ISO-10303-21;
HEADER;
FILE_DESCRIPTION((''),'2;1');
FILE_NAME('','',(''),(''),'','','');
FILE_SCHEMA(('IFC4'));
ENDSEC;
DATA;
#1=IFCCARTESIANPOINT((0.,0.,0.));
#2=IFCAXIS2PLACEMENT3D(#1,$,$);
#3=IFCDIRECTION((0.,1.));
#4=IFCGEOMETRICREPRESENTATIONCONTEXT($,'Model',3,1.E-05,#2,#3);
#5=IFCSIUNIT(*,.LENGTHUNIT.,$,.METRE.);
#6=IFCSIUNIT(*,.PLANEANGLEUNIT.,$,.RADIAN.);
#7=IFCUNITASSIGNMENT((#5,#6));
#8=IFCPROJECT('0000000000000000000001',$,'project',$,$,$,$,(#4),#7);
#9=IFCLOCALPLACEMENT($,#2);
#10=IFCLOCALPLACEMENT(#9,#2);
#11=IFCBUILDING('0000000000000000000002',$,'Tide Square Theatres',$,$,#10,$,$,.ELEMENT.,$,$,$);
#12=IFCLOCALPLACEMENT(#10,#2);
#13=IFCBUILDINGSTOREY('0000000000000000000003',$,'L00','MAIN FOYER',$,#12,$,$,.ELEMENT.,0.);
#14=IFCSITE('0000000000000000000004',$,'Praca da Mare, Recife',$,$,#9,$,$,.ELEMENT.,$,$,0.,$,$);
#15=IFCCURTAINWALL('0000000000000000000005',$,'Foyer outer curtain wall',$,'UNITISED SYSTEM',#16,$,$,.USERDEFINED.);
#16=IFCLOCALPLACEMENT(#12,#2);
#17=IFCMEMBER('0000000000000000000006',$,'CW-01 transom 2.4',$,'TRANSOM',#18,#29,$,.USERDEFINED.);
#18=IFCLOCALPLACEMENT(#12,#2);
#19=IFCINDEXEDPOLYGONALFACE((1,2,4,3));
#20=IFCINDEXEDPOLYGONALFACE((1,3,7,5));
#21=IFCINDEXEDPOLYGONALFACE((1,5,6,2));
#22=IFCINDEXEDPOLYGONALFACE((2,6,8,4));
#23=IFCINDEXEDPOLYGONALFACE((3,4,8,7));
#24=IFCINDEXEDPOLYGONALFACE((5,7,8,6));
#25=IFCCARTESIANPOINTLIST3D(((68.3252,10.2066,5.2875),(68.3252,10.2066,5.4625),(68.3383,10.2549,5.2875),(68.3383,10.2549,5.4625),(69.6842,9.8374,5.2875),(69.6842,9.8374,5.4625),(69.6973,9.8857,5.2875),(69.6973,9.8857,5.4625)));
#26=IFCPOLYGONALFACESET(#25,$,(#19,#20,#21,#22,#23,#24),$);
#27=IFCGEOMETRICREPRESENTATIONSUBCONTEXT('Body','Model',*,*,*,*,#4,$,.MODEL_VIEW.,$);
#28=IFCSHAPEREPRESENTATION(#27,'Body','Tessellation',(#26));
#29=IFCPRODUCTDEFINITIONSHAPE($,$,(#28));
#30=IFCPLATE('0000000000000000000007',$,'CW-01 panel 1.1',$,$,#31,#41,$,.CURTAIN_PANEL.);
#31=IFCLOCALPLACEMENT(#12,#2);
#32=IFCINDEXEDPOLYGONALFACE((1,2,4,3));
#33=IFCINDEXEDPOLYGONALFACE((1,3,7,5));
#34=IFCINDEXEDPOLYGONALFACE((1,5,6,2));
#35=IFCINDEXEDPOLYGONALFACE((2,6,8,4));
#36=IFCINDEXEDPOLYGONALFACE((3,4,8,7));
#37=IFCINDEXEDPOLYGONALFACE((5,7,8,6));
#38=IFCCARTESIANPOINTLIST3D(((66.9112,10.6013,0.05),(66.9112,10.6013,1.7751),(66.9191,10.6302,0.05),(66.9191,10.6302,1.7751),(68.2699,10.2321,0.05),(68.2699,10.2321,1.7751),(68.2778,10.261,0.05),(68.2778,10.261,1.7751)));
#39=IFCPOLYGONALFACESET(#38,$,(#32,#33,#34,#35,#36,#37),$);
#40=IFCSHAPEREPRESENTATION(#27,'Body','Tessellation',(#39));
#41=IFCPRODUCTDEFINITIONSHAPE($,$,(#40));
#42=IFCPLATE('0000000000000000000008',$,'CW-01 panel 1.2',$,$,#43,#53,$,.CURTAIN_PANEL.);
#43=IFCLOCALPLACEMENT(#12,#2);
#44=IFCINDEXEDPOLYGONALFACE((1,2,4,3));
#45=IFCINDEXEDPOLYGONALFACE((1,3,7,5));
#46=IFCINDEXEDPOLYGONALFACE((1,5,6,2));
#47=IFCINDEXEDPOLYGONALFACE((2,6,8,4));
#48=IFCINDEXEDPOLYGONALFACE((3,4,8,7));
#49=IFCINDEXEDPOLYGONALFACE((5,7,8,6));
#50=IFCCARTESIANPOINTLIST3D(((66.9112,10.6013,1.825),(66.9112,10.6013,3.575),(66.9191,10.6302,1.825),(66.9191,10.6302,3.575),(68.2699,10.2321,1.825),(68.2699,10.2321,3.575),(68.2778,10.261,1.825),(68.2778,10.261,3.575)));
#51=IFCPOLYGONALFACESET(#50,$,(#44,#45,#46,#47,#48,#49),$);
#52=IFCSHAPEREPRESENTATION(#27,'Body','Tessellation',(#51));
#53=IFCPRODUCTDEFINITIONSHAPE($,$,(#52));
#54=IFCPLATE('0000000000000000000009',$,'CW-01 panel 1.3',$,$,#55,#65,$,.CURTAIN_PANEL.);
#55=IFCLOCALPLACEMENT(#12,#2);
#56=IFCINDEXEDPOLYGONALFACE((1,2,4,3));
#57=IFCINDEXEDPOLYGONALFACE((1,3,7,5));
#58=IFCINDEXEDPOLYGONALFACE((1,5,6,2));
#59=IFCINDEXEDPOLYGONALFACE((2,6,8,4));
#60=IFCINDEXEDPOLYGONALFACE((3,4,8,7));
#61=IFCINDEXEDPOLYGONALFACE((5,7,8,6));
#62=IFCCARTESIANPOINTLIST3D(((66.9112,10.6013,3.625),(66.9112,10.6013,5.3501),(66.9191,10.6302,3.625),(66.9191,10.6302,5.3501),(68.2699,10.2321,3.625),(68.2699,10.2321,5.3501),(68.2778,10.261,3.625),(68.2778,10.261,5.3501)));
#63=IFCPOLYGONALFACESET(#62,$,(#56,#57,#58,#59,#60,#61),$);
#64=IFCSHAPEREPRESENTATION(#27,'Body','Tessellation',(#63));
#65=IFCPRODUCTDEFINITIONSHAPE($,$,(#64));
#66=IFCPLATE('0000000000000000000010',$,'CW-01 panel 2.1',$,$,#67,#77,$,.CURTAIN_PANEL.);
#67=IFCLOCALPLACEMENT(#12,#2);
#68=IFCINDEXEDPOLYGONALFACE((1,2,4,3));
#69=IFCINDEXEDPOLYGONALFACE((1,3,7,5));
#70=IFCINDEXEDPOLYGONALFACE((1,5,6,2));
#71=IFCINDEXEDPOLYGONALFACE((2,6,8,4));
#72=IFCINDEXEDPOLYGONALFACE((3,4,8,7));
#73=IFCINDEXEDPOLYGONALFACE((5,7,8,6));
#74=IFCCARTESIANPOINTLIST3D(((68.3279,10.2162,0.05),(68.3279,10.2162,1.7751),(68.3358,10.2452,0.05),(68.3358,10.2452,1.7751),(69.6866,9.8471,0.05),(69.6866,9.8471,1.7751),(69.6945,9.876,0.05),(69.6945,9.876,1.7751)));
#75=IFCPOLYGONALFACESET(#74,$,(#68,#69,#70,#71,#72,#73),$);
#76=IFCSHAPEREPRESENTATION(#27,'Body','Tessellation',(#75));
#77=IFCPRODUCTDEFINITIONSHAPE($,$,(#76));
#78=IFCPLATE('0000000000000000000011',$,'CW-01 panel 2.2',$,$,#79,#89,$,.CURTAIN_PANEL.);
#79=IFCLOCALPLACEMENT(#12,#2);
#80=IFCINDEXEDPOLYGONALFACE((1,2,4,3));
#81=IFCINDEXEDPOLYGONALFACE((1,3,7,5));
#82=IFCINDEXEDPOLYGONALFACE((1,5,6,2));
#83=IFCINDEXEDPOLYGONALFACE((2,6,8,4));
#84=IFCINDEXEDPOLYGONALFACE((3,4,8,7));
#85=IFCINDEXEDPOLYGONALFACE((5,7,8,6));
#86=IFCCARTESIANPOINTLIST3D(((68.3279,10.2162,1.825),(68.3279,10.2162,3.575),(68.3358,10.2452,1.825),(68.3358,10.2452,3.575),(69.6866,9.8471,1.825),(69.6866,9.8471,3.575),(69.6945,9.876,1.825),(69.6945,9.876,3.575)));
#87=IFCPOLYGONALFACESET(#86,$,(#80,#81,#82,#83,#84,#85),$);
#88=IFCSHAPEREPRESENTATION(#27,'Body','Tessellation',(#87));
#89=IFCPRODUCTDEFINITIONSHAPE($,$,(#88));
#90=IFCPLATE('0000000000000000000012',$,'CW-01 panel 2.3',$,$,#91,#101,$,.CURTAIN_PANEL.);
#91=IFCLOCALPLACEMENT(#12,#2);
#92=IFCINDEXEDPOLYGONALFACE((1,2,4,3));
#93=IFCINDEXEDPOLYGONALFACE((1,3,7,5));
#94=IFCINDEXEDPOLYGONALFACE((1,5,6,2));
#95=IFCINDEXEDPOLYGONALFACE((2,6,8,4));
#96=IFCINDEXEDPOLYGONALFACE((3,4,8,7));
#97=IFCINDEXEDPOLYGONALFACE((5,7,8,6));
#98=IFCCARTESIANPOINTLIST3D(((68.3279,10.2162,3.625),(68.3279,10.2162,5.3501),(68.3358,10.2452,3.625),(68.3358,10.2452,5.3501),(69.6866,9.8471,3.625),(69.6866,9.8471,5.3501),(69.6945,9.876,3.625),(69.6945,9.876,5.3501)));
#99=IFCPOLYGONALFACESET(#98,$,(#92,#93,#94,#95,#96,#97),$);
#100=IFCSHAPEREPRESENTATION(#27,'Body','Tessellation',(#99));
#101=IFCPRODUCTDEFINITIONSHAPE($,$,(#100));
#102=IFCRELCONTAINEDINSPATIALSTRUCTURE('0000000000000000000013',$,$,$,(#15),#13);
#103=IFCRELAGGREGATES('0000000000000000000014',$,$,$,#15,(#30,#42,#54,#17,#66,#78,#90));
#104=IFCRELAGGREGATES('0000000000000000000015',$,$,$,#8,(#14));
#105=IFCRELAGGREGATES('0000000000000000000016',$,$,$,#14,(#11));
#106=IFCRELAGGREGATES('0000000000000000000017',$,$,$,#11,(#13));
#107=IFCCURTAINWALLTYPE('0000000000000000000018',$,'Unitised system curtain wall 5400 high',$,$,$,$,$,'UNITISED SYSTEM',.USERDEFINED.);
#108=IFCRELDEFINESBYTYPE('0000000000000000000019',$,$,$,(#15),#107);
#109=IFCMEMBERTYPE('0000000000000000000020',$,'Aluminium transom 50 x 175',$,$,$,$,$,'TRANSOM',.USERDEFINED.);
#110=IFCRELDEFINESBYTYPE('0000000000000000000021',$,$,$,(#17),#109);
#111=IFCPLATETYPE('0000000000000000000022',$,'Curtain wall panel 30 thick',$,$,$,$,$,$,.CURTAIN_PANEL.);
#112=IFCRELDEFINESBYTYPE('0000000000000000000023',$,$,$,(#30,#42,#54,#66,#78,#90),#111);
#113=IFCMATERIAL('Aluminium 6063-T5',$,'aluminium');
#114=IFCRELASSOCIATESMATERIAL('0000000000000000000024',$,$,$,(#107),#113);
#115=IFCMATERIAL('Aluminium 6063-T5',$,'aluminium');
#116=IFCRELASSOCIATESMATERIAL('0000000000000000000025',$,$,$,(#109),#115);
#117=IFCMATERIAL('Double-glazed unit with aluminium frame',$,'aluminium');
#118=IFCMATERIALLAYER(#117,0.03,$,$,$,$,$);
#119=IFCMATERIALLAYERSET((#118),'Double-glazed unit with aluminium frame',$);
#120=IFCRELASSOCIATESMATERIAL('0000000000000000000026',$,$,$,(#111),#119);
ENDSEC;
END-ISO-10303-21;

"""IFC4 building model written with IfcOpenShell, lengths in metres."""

from ifc_helpers import new_model, si_unit, direction, frame, origin, origin_2d, place, context, subcontext, project, spatial, rectangle, extrude, material, layer, layer_set, material_profile, profile_set, type_object, element, aggregate, save


model = new_model("IFC4")

# Units and contexts
model_context = context("Model", 3, precision=1e-05, world=origin(), true_north=direction((0.0, 1.0)))
body_context = subcontext(model_context, "Body", "Model", "MODEL_VIEW")
ifc_project = project(units=[si_unit("LENGTHUNIT", "METRE"), si_unit("PLANEANGLEUNIT", "RADIAN")], contexts=[model_context])

# Site, building, storey
site_placement = place(None, origin())
site = spatial("IfcSite", under=ifc_project, at=site_placement, Name="Praca da Mare, Recife", CompositionType="ELEMENT", RefElevation=0.0)
building_placement = place(site_placement, origin())
building = spatial("IfcBuilding", under=site, at=building_placement, Name="Tide Square Theatres", CompositionType="ELEMENT")
storey_placement = place(building_placement, origin())
storey = spatial("IfcBuildingStorey", under=building, at=storey_placement, Name="L00", Description="MAIN FOYER", CompositionType="ELEMENT", Elevation=0.0)

# Curtain wall, member, plates
ifc_material_1 = material(Name="Aluminium 6063-T5", Category="aluminium")
curtain_wall_type = type_object("IfcCurtainWallType", Name="Unitised system curtain wall 5400 high", ElementType="UNITISED SYSTEM", PredefinedType="USERDEFINED", material=ifc_material_1)
curtain_wall_placement = place(storey_placement, origin())
curtain_wall = element("IfcCurtainWall", 1, at=curtain_wall_placement, inside=storey, type_object=curtain_wall_type, Name="Foyer outer curtain wall", ObjectType="UNITISED SYSTEM", PredefinedType="USERDEFINED")
ifc_material_2 = material(Name="Aluminium 6063-T5", Category="aluminium")
ifc_material_profile_1 = material_profile(ifc_material_2, rectangle(XDim=0.05, YDim=0.175, at=origin_2d()))
ifc_profile_set_1 = profile_set([ifc_material_profile_1], Name="Aluminium 6063-T5")
member_type_1 = type_object("IfcMemberType", Name="Aluminium transom 50 x 175", ElementType="TRANSOM", PredefinedType="USERDEFINED", material=ifc_profile_set_1)
member_1_placement = place(storey_placement, frame((68.3318, 10.2307, 5.375), z_axis=(0.965027, -0.262149, 0.0), x_axis=(0.262149, 0.965027, 0.0)))
member_1 = element("IfcMember", 2, at=member_1_placement, type_object=member_type_1, Name="CW-01 transom 2.4", ObjectType="TRANSOM", PredefinedType="USERDEFINED", context=body_context, shape_type="SweptSolid", body=[
    extrude(rectangle(XDim=0.05, YDim=0.175, at=origin_2d()), origin(), (0.0, 0.0, 1.0), 1.4082),
])
ifc_material_3 = material(Name="Double-glazed unit with aluminium frame", Category="aluminium")
ifc_layer = layer(ifc_material_3, 0.03)
ifc_layer_set = layer_set([ifc_layer], Name="Double-glazed unit with aluminium frame")
plate_type = type_object("IfcPlateType", Name="Curtain wall panel 30 thick", PredefinedType="CURTAIN_PANEL", material=ifc_layer_set)
plate_1_placement = place(storey_placement, frame((67.5945, 10.4312, 0.05), z_axis=(0.0, 0.0, 1.0), x_axis=(0.96501, -0.262214, 0.0)))
plate_1 = element("IfcPlate", 3, at=plate_1_placement, type_object=plate_type, Name="CW-01 panel 1.1", PredefinedType="CURTAIN_PANEL", context=body_context, shape_type="SweptSolid", body=[
    extrude(rectangle(XDim=1.408, YDim=0.03, at=origin_2d()), origin(), (0.0, 0.0, 1.0), 1.7251),
])
plate_2_placement = place(storey_placement, frame((67.5945, 10.4312, 1.825), z_axis=(0.0, 0.0, 1.0), x_axis=(0.96501, -0.262214, 0.0)))
plate_2 = element("IfcPlate", 4, at=plate_2_placement, type_object=plate_type, Name="CW-01 panel 1.2", PredefinedType="CURTAIN_PANEL", context=body_context, shape_type="SweptSolid", body=[
    extrude(rectangle(XDim=1.408, YDim=0.03, at=origin_2d()), origin(), (0.0, 0.0, 1.0), 1.75),
])
plate_3_placement = place(storey_placement, frame((67.5945, 10.4312, 3.625), z_axis=(0.0, 0.0, 1.0), x_axis=(0.96501, -0.262214, 0.0)))
plate_3 = element("IfcPlate", 5, at=plate_3_placement, type_object=plate_type, Name="CW-01 panel 1.3", PredefinedType="CURTAIN_PANEL", context=body_context, shape_type="SweptSolid", body=[
    extrude(rectangle(XDim=1.408, YDim=0.03, at=origin_2d()), origin(), (0.0, 0.0, 1.0), 1.7251),
])
plate_4_placement = place(storey_placement, frame((69.0112, 10.0461, 0.05), z_axis=(0.0, 0.0, 1.0), x_axis=(0.96501, -0.262214, 0.0)))
plate_4 = element("IfcPlate", 6, at=plate_4_placement, type_object=plate_type, Name="CW-01 panel 2.1", PredefinedType="CURTAIN_PANEL", context=body_context, shape_type="SweptSolid", body=[
    extrude(rectangle(XDim=1.408, YDim=0.03, at=origin_2d()), origin(), (0.0, 0.0, 1.0), 1.7251),
])
plate_5_placement = place(storey_placement, frame((69.0112, 10.0461, 1.825), z_axis=(0.0, 0.0, 1.0), x_axis=(0.96501, -0.262214, 0.0)))
plate_5 = element("IfcPlate", 7, at=plate_5_placement, type_object=plate_type, Name="CW-01 panel 2.2", PredefinedType="CURTAIN_PANEL", context=body_context, shape_type="SweptSolid", body=[
    extrude(rectangle(XDim=1.408, YDim=0.03, at=origin_2d()), origin(), (0.0, 0.0, 1.0), 1.75),
])
plate_6_placement = place(storey_placement, frame((69.0112, 10.0461, 3.625), z_axis=(0.0, 0.0, 1.0), x_axis=(0.96501, -0.262214, 0.0)))
plate_6 = element("IfcPlate", 8, at=plate_6_placement, type_object=plate_type, Name="CW-01 panel 2.3", PredefinedType="CURTAIN_PANEL", context=body_context, shape_type="SweptSolid", body=[
    extrude(rectangle(XDim=1.408, YDim=0.03, at=origin_2d()), origin(), (0.0, 0.0, 1.0), 1.7251),
])
aggregate(curtain_wall, [plate_1, plate_2, plate_3, member_1, plate_4, plate_5, plate_6])

save(model, "model.ifc")
